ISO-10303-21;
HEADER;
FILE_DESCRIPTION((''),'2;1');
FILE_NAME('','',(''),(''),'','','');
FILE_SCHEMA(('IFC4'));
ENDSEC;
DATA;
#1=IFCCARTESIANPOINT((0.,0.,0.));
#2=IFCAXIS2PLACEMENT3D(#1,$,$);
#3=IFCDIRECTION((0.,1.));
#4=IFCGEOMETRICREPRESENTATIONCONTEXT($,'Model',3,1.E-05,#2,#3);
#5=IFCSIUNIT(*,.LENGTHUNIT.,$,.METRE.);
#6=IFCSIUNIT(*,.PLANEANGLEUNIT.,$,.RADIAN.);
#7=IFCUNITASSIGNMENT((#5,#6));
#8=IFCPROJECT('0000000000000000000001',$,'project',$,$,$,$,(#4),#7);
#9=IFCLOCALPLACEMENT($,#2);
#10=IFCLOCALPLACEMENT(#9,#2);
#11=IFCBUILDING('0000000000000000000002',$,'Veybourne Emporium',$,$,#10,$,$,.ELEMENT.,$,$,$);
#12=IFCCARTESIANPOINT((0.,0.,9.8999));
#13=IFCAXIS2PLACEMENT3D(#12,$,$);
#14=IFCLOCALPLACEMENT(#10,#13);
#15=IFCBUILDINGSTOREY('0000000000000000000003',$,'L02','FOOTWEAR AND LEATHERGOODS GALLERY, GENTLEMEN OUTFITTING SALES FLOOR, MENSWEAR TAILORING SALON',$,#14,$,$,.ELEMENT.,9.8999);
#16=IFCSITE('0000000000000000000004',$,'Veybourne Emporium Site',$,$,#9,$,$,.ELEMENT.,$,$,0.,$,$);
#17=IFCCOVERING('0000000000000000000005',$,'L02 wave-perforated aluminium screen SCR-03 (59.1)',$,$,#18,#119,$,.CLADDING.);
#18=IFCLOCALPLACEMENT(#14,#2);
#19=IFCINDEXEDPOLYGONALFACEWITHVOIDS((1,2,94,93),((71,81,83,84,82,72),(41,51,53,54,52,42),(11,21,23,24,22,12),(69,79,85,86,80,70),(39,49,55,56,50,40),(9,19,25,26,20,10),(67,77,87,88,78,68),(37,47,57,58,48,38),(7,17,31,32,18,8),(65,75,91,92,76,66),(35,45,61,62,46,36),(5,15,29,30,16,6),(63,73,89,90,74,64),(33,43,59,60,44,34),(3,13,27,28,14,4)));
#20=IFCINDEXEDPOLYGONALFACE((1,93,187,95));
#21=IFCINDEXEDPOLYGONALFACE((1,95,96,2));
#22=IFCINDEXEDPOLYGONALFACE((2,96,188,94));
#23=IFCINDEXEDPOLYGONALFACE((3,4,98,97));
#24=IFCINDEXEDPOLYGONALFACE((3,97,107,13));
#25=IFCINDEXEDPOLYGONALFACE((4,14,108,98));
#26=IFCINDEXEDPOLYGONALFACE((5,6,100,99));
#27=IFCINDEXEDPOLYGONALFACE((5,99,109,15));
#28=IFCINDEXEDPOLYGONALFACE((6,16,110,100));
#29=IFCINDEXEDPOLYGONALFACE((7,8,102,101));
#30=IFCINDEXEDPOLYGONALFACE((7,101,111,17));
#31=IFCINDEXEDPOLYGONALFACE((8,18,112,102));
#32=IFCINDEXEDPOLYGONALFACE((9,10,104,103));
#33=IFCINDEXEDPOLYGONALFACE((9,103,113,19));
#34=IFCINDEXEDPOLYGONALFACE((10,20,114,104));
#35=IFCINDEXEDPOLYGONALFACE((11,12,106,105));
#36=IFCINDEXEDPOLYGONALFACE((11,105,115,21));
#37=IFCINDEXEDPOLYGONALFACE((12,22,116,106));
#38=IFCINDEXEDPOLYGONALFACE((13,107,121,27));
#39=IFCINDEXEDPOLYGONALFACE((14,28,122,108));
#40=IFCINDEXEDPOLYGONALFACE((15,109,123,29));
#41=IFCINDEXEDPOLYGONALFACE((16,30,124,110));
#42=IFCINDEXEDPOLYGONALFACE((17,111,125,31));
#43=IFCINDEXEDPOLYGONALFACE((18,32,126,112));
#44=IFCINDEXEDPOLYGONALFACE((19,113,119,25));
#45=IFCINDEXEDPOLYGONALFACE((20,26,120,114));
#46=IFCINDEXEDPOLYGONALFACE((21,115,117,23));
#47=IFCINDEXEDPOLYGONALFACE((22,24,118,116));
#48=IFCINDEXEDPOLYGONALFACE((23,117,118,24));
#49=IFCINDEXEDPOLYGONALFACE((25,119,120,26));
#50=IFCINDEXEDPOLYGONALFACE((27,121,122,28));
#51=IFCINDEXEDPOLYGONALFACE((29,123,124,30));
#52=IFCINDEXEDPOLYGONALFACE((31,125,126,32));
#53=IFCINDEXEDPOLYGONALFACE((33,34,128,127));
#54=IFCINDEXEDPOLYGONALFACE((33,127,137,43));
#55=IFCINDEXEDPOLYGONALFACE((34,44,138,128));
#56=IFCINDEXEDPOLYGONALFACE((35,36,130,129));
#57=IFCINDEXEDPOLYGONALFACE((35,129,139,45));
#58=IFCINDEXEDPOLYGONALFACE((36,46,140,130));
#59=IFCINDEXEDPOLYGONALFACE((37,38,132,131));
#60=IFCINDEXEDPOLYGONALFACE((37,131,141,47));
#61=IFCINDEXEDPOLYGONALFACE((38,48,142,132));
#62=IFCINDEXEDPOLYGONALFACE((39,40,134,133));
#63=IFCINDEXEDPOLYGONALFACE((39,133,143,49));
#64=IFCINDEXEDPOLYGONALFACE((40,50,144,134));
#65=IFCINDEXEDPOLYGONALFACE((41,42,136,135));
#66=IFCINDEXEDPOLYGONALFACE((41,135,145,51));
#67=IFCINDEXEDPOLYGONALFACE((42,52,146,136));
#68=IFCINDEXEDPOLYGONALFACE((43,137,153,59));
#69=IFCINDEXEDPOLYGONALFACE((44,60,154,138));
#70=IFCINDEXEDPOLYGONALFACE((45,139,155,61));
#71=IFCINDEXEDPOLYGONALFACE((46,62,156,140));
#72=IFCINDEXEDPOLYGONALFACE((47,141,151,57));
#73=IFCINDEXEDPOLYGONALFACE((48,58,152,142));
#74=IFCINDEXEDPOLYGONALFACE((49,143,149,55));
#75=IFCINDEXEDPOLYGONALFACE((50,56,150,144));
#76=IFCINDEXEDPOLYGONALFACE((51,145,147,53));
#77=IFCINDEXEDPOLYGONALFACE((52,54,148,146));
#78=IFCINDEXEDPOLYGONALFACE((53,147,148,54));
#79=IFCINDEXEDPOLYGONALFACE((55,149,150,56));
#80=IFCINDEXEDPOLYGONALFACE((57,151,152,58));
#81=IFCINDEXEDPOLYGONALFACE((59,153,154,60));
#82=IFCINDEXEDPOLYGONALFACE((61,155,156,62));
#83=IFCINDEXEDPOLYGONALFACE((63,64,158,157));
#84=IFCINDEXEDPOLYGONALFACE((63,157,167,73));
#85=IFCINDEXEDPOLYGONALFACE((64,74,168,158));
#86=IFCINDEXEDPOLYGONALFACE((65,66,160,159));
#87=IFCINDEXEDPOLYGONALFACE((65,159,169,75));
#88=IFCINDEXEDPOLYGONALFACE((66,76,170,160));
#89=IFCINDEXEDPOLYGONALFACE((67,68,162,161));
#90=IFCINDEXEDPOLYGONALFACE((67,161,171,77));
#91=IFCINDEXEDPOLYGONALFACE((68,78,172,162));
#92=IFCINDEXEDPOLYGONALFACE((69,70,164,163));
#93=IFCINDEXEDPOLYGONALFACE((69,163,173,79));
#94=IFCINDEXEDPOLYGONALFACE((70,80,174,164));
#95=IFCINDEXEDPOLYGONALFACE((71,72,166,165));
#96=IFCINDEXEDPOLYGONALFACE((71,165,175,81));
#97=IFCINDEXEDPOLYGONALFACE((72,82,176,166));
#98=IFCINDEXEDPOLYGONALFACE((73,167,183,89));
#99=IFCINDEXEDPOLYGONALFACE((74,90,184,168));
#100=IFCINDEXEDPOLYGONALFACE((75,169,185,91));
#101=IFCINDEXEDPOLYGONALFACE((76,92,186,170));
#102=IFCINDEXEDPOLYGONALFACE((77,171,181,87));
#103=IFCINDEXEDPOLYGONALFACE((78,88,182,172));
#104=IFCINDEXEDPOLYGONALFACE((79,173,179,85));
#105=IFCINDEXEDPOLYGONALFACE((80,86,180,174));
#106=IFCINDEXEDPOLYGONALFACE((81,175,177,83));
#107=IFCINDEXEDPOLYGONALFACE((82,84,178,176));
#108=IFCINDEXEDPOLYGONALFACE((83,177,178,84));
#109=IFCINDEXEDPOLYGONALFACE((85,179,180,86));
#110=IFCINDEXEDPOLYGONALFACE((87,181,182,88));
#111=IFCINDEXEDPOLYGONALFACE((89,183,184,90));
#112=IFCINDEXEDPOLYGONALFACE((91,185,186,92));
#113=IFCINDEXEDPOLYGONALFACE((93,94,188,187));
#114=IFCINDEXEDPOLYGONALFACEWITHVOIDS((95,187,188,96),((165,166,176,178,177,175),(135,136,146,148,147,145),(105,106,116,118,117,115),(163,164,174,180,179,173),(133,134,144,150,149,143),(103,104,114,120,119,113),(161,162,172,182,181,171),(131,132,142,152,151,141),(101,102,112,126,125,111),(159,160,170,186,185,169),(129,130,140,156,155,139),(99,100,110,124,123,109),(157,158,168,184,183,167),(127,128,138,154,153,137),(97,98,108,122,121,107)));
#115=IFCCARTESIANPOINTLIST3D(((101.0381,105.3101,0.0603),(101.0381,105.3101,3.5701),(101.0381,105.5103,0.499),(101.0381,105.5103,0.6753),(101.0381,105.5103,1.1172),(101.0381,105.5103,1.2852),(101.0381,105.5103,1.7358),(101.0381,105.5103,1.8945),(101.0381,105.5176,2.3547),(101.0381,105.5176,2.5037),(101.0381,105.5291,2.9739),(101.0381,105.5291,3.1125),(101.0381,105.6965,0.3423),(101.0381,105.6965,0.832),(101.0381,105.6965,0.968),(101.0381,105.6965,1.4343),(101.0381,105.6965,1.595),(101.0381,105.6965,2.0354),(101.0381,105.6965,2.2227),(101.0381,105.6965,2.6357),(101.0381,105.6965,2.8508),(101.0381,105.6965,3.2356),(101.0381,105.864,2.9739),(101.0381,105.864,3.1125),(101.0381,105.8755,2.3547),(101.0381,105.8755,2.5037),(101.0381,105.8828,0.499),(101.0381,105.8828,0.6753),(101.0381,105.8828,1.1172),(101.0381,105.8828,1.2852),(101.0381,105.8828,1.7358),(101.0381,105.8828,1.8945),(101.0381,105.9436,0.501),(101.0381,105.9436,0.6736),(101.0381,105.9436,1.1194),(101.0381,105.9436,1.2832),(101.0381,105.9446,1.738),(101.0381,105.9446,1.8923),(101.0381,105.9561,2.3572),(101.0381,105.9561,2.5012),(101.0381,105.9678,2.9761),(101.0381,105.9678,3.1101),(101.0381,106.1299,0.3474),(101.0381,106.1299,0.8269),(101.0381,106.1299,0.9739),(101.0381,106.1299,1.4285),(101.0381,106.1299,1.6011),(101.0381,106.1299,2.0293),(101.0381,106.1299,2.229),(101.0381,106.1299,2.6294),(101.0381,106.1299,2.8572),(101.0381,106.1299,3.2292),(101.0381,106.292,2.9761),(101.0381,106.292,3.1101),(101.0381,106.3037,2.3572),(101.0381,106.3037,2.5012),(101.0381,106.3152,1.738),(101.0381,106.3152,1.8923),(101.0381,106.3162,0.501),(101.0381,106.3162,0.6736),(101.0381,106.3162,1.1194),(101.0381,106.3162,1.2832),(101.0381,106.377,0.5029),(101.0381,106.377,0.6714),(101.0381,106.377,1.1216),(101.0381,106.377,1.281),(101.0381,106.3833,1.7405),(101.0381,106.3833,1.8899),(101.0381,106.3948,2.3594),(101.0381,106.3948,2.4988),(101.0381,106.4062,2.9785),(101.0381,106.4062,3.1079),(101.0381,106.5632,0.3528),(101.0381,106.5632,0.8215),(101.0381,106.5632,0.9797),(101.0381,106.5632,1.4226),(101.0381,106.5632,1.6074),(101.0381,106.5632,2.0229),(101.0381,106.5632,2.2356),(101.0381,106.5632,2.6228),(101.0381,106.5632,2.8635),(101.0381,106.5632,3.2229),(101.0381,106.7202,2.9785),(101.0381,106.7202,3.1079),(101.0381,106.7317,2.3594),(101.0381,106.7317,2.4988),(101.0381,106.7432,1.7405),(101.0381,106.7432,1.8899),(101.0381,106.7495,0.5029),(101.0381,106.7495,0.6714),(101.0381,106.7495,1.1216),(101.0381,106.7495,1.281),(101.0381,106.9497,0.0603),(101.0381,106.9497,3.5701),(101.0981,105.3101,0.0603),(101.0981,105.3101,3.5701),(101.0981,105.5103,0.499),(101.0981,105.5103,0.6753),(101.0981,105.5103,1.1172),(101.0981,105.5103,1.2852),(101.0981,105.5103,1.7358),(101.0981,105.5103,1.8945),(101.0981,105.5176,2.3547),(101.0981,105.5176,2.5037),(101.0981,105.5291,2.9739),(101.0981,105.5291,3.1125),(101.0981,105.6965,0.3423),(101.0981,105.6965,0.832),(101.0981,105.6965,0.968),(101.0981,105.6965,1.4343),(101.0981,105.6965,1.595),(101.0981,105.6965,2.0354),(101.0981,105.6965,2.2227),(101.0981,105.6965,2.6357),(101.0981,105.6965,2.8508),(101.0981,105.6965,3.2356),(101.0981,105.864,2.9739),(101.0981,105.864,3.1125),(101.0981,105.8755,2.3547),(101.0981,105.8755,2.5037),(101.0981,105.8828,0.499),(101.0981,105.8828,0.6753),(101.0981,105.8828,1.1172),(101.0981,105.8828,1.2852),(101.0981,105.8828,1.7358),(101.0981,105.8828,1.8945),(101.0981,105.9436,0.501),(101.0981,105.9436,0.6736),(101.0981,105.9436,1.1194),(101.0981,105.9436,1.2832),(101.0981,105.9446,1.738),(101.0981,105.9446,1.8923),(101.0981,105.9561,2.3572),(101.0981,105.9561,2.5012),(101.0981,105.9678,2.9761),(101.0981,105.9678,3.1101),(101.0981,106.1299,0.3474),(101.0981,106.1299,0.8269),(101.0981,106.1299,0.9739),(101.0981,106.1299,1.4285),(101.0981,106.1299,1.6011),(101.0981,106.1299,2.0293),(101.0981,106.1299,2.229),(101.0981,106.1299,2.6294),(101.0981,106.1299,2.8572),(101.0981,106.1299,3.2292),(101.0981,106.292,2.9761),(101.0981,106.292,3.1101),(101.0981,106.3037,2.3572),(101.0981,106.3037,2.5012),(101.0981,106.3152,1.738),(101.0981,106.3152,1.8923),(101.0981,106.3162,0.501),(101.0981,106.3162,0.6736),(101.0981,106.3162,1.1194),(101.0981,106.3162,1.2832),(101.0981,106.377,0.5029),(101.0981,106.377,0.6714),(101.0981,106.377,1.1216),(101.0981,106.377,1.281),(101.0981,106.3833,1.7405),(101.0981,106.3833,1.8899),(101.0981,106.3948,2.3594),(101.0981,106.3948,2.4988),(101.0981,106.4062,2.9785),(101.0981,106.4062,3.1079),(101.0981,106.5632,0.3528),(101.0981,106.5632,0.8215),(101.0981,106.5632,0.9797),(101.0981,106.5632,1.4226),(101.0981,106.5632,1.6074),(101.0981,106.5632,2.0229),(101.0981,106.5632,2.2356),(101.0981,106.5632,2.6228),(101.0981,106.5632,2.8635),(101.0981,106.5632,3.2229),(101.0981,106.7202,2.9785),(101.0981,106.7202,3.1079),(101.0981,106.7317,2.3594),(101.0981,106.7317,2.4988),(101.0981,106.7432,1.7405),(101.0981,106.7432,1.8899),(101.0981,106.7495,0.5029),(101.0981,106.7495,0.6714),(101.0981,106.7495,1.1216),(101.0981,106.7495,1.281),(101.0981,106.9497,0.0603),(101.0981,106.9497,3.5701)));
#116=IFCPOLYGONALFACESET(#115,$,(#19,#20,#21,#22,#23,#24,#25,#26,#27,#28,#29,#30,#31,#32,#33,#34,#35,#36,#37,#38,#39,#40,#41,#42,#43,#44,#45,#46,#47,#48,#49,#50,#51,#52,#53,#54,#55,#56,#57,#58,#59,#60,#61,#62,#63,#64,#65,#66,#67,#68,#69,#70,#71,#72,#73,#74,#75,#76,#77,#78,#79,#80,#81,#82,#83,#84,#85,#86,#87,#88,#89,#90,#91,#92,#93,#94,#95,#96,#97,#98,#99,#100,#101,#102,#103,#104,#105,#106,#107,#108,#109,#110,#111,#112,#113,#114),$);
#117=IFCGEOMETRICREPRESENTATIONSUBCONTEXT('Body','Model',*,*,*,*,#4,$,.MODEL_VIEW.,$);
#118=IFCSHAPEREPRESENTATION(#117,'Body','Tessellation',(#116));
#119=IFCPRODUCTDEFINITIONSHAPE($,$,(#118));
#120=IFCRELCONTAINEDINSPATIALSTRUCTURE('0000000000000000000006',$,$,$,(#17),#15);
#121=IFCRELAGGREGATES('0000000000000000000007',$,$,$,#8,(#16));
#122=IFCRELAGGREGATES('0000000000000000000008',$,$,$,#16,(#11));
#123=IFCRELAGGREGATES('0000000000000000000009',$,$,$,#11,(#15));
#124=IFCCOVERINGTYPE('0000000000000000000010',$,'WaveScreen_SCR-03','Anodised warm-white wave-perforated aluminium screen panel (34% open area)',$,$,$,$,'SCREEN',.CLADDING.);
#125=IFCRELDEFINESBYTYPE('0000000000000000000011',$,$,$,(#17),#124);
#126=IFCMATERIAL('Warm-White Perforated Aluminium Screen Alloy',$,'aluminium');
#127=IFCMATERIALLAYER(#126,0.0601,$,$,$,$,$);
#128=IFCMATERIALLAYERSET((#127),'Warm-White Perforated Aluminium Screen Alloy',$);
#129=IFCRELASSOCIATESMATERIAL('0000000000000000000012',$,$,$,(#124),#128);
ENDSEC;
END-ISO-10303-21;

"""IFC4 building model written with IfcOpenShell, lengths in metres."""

from ifc_helpers import new_model, si_unit, direction, frame, origin, place, context, subcontext, project, spatial, polyline, outline, extrude, material, layer, layer_set, type_object, element, save


model = new_model("IFC4")

# Units and contexts
model_context = context("Model", 3, precision=1e-05, world=origin(), true_north=direction((0.0, 1.0)))
body_context = subcontext(model_context, "Body", "Model", "MODEL_VIEW")
ifc_project = project(units=[si_unit("LENGTHUNIT", "METRE"), si_unit("PLANEANGLEUNIT", "RADIAN")], contexts=[model_context])

# Site, building, storey
site_placement = place(None, origin())
site = spatial("IfcSite", under=ifc_project, at=site_placement, Name="Veybourne Emporium Site", CompositionType="ELEMENT", RefElevation=0.0)
building_placement = place(site_placement, origin())
building = spatial("IfcBuilding", under=site, at=building_placement, Name="Veybourne Emporium", CompositionType="ELEMENT")
storey_placement = place(building_placement, frame((0.0, 0.0, 9.8999)))
storey = spatial("IfcBuildingStorey", under=building, at=storey_placement, Name="L02", Description="FOOTWEAR AND LEATHERGOODS GALLERY, GENTLEMEN OUTFITTING SALES FLOOR, MENSWEAR TAILORING SALON", CompositionType="ELEMENT", Elevation=9.8999)

# Covering
ifc_material_1 = material(Name="Warm-White Perforated Aluminium Screen Alloy", Category="aluminium")
ifc_layer_1 = layer(ifc_material_1, 0.0601)
ifc_layer_set_1 = layer_set([ifc_layer_1], Name="Warm-White Perforated Aluminium Screen Alloy")
covering_type_1 = type_object("IfcCoveringType", Name="WaveScreen_SCR-03", Description="Anodised warm-white wave-perforated aluminium screen panel (34% open area)", ElementType="SCREEN", PredefinedType="CLADDING", material=ifc_layer_set_1)
covering_1_placement = place(storey_placement, frame((101.0981, 106.1299, 1.8152), z_axis=(-1.0, 0.0, 0.0), x_axis=(0.0, -1.0, 0.0)))
element("IfcCovering", 1, at=covering_1_placement, inside=storey, type_object=covering_type_1, Name="L02 wave-perforated aluminium screen SCR-03 (59.1)", PredefinedType="CLADDING", context=body_context, shape_type="SweptSolid", body=[
    extrude(outline(polyline([(-0.8198, -1.7549), (0.8198, -1.7549), (0.8198, 1.7549), (-0.8198, 1.7549), (-0.8198, -1.7549)]), holes=[polyline([(-0.4333, -0.9937), (-0.2471, -1.1438), (-0.2471, -1.3123), (-0.4333, -1.4624), (-0.6196, -1.3123), (-0.6196, -1.1438), (-0.4333, -0.9937)]), polyline([(-0.4333, -0.3926), (-0.2471, -0.5342), (-0.2471, -0.6936), (-0.4333, -0.8354), (-0.6196, -0.6936), (-0.6196, -0.5342), (-0.4333, -0.3926)]), polyline([(-0.4333, 0.2078), (-0.2534, 0.0747), (-0.2534, -0.0747), (-0.4333, -0.2078), (-0.6133, -0.0747), (-0.6133, 0.0747), (-0.4333, 0.2078)]), polyline([(-0.4333, 0.8076), (-0.2649, 0.6836), (-0.2649, 0.5442), (-0.4333, 0.4204), (-0.6018, 0.5442), (-0.6018, 0.6836), (-0.4333, 0.8076)]), polyline([(-0.4333, 1.4077), (-0.2764, 1.2927), (-0.2764, 1.1633), (-0.4333, 1.0483), (-0.5903, 1.1633), (-0.5903, 1.2927), (-0.4333, 1.4077)]), polyline([(0.0, -0.9883), (0.1863, -1.1416), (0.1863, -1.3142), (0.0, -1.4678), (-0.1863, -1.3142), (-0.1863, -1.1416), (0.0, -0.9883)]), polyline([(0.0, -0.3867), (0.1863, -0.532), (0.1863, -0.6958), (0.0, -0.8413), (-0.1863, -0.6958), (-0.1863, -0.532), (0.0, -0.3867)]), polyline([(0.0, 0.2141), (0.1853, 0.0771), (0.1853, -0.0771), (0.0, -0.2141), (-0.1853, -0.0771), (-0.1853, 0.0771), (0.0, 0.2141)]), polyline([(0.0, 0.8142), (0.1738, 0.686), (0.1738, 0.542), (0.0, 0.4138), (-0.1738, 0.542), (-0.1738, 0.686), (0.0, 0.8142)]), polyline([(0.0, 1.4141), (0.1621, 1.2949), (0.1621, 1.1609), (0.0, 1.042), (-0.1621, 1.1609), (-0.1621, 1.2949), (0.0, 1.4141)]), polyline([(0.4333, -0.9832), (0.6196, -1.1399), (0.6196, -1.3162), (0.4333, -1.4729), (0.2471, -1.3162), (0.2471, -1.1399), (0.4333, -0.9832)]), polyline([(0.4333, -0.3809), (0.6196, -0.53), (0.6196, -0.698), (0.4333, -0.8472), (0.2471, -0.698), (0.2471, -0.53), (0.4333, -0.3809)]), polyline([(0.4333, 0.2202), (0.6196, 0.0793), (0.6196, -0.0793), (0.4333, -0.2202), (0.2471, -0.0793), (0.2471, 0.0793), (0.4333, 0.2202)]), polyline([(0.4333, 0.8206), (0.6123, 0.6885), (0.6123, 0.5396), (0.4333, 0.4075), (0.2544, 0.5396), (0.2544, 0.6885), (0.4333, 0.8206)]), polyline([(0.4333, 1.4204), (0.6008, 1.2974), (0.6008, 1.1587), (0.4333, 1.0356), (0.2659, 1.1587), (0.2659, 1.2974), (0.4333, 1.4204)])]), origin(), (0.0, 0.0, 1.0), 0.0601),
])

save(model, "model.ifc")
